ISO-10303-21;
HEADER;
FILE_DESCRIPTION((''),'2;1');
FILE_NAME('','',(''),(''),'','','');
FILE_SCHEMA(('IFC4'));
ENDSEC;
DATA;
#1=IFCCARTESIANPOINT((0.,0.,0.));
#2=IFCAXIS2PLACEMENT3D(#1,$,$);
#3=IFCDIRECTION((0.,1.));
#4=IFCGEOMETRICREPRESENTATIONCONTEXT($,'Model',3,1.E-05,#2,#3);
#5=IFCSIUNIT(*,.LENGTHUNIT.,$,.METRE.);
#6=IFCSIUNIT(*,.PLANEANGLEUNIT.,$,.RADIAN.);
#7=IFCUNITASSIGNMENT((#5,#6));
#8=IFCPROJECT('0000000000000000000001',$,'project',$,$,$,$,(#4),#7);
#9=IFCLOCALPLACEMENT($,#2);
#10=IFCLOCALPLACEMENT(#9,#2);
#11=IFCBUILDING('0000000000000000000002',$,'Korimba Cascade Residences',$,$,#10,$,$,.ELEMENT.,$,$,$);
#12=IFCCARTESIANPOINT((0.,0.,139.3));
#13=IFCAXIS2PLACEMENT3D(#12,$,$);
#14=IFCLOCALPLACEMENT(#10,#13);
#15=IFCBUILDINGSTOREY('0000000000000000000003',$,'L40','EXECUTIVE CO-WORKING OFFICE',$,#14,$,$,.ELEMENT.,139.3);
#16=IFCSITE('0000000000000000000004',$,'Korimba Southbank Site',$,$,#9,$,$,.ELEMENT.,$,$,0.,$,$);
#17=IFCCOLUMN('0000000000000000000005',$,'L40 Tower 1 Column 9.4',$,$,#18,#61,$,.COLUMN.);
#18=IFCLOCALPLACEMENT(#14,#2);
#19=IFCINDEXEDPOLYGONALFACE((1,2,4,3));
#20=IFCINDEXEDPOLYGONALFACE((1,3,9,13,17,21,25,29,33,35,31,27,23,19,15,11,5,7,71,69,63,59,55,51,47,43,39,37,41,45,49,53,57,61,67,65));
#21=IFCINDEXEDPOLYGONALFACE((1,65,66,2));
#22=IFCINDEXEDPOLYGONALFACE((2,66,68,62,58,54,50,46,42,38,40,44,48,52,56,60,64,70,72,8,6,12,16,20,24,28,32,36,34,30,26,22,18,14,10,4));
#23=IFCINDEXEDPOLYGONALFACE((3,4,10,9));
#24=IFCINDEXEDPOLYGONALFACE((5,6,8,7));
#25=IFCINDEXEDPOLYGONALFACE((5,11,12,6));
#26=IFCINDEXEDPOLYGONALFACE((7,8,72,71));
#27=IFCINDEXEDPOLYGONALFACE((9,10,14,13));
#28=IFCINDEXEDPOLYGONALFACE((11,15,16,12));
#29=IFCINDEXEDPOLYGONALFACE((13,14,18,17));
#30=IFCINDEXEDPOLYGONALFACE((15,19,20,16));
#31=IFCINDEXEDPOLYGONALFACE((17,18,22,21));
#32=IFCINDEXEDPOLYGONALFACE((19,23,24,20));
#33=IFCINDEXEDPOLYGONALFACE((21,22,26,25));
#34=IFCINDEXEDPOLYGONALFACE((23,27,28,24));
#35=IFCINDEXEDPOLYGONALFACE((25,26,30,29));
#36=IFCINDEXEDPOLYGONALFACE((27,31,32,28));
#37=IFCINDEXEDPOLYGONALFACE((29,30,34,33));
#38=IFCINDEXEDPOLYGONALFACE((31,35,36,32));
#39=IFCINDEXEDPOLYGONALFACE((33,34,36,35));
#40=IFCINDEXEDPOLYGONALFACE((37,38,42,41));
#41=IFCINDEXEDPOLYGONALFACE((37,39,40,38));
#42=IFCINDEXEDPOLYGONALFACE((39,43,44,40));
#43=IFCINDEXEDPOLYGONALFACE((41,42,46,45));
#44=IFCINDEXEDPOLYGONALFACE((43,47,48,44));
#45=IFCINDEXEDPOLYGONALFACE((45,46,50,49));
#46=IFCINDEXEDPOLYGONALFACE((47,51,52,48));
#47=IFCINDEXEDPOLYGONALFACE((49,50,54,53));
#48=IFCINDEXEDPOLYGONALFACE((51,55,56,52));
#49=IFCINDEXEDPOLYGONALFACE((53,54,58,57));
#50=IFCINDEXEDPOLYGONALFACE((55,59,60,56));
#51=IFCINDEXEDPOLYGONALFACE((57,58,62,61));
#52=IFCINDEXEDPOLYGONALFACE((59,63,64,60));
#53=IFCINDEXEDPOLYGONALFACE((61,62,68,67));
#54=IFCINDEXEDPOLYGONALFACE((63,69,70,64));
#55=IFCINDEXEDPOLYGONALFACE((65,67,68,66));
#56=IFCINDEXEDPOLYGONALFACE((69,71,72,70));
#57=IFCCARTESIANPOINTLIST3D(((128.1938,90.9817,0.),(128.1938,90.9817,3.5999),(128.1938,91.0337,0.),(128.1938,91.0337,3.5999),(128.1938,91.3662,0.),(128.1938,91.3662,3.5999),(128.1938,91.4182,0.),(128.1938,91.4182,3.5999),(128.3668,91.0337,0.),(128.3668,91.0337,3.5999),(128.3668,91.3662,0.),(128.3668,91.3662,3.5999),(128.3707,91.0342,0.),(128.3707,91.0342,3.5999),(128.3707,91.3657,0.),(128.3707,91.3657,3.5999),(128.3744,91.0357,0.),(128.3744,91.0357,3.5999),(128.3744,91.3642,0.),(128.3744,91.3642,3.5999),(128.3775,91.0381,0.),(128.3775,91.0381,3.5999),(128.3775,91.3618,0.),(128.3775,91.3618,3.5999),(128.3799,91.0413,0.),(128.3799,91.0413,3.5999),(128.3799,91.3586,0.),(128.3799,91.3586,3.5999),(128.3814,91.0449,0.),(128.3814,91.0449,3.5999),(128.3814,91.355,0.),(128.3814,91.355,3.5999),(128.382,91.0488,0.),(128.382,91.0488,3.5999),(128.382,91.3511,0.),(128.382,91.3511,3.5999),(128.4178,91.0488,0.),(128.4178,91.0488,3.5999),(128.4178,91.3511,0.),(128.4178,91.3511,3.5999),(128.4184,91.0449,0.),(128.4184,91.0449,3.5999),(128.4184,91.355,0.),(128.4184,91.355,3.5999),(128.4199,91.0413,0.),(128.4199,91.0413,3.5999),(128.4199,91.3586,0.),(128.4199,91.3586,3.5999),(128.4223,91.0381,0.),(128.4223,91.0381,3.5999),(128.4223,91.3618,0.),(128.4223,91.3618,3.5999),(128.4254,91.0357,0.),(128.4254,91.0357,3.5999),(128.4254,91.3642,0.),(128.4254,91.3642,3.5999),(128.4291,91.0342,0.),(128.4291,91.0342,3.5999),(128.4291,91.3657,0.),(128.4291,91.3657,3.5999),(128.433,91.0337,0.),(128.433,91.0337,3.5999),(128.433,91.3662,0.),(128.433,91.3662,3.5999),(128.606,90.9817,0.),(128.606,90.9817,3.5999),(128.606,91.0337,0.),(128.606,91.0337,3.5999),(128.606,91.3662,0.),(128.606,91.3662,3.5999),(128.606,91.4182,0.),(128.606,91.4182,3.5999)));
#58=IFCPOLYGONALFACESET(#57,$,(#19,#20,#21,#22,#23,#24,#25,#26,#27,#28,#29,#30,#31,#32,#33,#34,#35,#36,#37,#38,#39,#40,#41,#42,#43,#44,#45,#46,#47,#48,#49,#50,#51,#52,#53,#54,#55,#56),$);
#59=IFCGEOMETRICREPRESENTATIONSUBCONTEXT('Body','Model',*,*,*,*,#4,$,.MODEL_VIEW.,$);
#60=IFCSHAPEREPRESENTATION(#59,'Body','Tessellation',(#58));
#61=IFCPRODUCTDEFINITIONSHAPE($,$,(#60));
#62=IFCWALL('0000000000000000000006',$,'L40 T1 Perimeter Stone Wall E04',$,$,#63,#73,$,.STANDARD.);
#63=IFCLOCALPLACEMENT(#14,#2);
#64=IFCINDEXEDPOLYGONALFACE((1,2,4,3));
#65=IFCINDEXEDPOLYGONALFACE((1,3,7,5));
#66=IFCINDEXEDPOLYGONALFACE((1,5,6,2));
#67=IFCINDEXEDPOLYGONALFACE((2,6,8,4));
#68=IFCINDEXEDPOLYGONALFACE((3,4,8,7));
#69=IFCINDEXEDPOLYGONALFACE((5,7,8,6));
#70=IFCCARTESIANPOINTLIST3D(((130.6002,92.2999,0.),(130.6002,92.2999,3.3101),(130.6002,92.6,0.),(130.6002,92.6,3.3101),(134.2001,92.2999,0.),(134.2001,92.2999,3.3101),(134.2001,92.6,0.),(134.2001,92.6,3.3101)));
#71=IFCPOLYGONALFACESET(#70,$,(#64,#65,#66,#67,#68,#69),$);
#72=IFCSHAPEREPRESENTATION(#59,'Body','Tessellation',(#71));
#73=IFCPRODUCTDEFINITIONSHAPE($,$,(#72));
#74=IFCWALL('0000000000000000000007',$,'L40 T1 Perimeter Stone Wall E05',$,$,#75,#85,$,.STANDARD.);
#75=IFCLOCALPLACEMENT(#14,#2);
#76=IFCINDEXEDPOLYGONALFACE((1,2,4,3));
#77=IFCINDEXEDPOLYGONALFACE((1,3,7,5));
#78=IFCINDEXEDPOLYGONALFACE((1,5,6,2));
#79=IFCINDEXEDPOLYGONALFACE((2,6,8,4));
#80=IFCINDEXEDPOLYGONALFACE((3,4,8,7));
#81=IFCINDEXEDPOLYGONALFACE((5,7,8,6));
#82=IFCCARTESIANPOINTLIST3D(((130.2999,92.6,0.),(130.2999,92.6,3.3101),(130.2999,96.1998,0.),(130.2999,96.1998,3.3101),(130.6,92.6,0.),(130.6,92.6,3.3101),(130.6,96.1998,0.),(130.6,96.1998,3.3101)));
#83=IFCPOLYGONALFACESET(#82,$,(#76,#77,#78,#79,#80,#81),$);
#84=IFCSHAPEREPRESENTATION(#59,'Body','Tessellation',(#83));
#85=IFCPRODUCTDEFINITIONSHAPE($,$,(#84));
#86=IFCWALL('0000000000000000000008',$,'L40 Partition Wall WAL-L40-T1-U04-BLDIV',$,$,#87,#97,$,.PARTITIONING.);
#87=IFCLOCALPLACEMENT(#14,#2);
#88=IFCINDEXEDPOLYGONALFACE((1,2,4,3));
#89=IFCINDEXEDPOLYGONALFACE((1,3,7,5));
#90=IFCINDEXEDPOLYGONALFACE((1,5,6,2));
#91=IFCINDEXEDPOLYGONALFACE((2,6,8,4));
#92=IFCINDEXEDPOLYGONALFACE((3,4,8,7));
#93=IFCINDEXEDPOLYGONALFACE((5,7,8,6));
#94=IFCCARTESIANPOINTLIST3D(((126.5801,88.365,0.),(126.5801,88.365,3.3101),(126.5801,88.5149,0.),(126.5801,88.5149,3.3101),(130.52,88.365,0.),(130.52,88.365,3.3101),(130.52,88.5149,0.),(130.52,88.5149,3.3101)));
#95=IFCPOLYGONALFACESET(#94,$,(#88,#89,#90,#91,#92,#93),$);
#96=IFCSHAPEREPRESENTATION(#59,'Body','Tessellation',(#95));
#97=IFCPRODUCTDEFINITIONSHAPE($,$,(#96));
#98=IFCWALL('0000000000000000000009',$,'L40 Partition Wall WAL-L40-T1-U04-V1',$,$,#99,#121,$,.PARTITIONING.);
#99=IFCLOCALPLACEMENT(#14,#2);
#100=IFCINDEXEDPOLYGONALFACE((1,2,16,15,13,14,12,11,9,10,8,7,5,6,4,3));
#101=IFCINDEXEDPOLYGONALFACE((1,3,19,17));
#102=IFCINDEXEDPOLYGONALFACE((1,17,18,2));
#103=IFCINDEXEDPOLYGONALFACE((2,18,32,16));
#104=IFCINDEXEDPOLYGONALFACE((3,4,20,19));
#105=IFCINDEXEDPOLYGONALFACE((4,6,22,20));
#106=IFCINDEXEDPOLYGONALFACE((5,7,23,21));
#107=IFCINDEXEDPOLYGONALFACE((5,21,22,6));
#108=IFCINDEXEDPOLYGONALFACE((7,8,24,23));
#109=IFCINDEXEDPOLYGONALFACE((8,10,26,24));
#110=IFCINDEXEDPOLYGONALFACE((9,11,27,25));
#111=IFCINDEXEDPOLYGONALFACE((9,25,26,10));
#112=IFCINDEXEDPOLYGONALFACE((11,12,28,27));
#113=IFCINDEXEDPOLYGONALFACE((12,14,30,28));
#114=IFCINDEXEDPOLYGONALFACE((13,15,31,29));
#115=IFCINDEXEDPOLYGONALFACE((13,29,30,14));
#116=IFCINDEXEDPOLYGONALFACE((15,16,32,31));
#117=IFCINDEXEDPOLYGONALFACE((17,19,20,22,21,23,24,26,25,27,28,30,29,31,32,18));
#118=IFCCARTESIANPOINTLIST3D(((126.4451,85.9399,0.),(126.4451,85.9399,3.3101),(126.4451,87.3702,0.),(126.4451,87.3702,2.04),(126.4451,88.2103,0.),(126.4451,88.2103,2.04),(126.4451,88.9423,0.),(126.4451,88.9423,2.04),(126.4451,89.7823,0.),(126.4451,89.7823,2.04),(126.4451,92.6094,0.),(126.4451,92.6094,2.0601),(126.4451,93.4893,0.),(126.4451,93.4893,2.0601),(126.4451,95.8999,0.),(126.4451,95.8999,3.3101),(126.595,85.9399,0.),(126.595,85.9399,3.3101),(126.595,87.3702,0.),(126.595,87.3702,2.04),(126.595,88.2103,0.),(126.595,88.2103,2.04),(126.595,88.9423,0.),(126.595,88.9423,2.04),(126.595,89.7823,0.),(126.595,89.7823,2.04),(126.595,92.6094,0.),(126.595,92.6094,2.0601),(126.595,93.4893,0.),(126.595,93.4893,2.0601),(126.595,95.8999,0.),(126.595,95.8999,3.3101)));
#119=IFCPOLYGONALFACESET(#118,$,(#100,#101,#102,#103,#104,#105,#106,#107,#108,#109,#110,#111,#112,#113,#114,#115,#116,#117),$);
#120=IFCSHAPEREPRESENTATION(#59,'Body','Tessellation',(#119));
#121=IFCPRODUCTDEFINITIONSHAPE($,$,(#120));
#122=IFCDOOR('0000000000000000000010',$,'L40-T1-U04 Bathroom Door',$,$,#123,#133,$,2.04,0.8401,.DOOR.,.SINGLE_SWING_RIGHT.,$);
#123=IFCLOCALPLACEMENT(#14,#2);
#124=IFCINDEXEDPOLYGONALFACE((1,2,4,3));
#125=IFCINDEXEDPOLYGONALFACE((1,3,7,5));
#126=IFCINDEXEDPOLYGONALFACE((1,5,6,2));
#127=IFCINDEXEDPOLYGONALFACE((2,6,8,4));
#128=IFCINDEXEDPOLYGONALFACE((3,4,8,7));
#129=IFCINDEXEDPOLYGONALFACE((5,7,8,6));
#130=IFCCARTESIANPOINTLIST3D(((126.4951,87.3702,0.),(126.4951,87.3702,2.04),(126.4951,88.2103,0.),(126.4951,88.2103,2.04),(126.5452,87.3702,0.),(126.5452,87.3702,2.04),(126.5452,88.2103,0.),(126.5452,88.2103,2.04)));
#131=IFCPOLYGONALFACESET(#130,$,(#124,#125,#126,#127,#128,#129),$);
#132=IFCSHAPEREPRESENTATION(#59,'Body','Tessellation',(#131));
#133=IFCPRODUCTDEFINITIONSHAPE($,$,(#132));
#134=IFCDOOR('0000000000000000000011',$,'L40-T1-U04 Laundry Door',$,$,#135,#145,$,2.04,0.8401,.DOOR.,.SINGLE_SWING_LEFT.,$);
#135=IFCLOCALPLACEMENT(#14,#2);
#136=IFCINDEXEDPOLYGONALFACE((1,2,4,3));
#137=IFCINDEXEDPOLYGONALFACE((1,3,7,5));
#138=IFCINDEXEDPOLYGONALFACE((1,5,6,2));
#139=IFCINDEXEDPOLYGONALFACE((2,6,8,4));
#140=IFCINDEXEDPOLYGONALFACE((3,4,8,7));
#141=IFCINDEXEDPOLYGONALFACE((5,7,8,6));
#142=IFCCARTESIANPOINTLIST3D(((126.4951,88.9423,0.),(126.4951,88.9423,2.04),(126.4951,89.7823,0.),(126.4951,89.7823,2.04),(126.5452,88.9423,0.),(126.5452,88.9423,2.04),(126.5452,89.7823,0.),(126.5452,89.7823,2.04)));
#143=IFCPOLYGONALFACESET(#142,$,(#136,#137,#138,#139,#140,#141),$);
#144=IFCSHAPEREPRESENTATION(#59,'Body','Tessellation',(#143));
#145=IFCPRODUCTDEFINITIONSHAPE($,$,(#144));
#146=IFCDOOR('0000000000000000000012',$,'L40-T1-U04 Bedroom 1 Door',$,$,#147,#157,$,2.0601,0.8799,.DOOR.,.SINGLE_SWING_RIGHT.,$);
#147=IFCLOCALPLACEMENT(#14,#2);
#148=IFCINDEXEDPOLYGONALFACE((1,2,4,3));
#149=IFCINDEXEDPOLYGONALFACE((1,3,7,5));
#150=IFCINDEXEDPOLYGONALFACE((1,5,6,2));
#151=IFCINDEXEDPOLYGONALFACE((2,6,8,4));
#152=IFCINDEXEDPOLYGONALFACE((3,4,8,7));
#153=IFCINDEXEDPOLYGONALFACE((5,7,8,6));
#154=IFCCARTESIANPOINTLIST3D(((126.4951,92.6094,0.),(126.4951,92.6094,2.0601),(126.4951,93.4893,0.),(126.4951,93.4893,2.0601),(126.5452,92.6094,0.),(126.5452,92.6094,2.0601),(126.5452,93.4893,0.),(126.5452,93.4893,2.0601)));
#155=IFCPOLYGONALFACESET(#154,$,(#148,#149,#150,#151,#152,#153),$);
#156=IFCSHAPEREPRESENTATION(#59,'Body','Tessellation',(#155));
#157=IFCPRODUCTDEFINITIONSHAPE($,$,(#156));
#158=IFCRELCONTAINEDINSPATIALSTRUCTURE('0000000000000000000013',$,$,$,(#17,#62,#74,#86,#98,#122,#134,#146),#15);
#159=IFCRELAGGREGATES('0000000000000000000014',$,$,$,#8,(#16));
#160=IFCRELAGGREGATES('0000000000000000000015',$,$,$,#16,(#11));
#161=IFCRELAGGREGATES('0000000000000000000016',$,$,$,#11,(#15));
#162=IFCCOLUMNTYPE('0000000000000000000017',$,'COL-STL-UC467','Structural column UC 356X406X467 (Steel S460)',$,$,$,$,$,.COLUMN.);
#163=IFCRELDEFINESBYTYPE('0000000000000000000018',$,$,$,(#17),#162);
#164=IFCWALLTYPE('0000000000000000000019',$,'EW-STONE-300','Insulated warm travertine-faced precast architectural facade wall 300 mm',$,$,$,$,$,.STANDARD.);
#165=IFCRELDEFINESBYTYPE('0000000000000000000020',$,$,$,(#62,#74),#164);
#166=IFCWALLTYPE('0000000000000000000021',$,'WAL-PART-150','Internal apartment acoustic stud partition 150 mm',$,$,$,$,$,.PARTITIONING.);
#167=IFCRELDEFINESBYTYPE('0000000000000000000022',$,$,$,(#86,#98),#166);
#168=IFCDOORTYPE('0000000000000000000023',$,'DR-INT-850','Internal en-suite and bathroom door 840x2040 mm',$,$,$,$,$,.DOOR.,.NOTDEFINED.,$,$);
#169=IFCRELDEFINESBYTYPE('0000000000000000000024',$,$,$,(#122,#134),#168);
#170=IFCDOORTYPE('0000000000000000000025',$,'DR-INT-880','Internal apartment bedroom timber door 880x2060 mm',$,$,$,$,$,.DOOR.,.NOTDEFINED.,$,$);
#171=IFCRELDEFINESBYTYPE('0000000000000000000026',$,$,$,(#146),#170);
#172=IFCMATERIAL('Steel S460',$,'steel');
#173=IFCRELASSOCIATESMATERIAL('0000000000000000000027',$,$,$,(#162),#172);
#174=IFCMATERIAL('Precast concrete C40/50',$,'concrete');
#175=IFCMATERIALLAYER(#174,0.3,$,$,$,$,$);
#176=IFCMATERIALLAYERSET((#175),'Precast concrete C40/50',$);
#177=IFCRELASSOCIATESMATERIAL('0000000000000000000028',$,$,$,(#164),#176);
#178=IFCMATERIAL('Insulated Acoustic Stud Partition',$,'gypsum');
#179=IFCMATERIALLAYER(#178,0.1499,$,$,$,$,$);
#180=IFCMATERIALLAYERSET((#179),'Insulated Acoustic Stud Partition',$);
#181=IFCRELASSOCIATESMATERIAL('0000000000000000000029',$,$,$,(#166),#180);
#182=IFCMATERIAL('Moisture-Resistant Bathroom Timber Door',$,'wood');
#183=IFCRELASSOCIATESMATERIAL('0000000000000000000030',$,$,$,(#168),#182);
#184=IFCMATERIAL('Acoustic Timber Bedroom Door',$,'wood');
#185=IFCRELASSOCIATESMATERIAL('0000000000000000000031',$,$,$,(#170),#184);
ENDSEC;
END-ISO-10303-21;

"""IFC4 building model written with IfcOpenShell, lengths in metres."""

from ifc_helpers import new_model, si_unit, direction, frame, frame_2d, origin, origin_2d, place, context, subcontext, project, spatial, rectangle, i_section, extrude, material, layer, layer_set, material_profile, profile_set, type_object, element, fill, save


model = new_model("IFC4")

# Units and contexts
model_context = context("Model", 3, precision=1e-05, world=origin(), true_north=direction((0.0, 1.0)))
body_context = subcontext(model_context, "Body", "Model", "MODEL_VIEW")
ifc_project = project(units=[si_unit("LENGTHUNIT", "METRE"), si_unit("PLANEANGLEUNIT", "RADIAN")], contexts=[model_context])

# Site, building, storey
site_placement = place(None, origin())
site = spatial("IfcSite", under=ifc_project, at=site_placement, Name="Korimba Southbank Site", CompositionType="ELEMENT", RefElevation=0.0)
building_placement = place(site_placement, origin())
building = spatial("IfcBuilding", under=site, at=building_placement, Name="Korimba Cascade Residences", CompositionType="ELEMENT")
storey_placement = place(building_placement, frame((0.0, 0.0, 139.3)))
storey = spatial("IfcBuildingStorey", under=building, at=storey_placement, Name="L40", Description="EXECUTIVE CO-WORKING OFFICE", CompositionType="ELEMENT", Elevation=139.3)

# Column
ifc_material_1 = material(Name="Steel S460", Category="steel")
ifc_material_profile = material_profile(ifc_material_1, i_section(OverallWidth=0.4121, OverallDepth=0.4365, WebThickness=0.0359, FlangeThickness=0.052, FilletRadius=0.0151, at=origin_2d()), Name="Steel S460")
ifc_profile_set = profile_set([ifc_material_profile], Name="Steel S460")
column_type = type_object("IfcColumnType", Name="COL-STL-UC467", Description="Structural column UC 356X406X467 (Steel S460)", PredefinedType="COLUMN", material=ifc_profile_set)
column_placement = place(storey_placement, frame((128.3999, 91.2, 0.0), z_axis=(0.0, 0.0, 1.0), x_axis=(1.0, 0.0, 0.0)))
element("IfcColumn", 1, at=column_placement, inside=storey, type_object=column_type, Name="L40 Tower 1 Column 9.4", PredefinedType="COLUMN", context=body_context, shape_type="SweptSolid", body=[
    extrude(i_section(OverallWidth=0.4121, OverallDepth=0.4365, WebThickness=0.0359, FlangeThickness=0.052, FilletRadius=0.0151, at=origin_2d()), origin(), (0.0, 0.0, 1.0), 3.5999),
])

# Shared definitions
ifc_material_2 = material(Name="Precast concrete C40/50", Category="concrete")

# Walls
ifc_layer_1 = layer(ifc_material_2, 0.3)
ifc_layer_set_1 = layer_set([ifc_layer_1], Name="Precast concrete C40/50")
wall_type_1 = type_object("IfcWallType", Name="EW-STONE-300", Description="Insulated warm travertine-faced precast architectural facade wall 300 mm", PredefinedType="STANDARD", material=ifc_layer_set_1)
for number, where, z_axis, x_axis, name in (
    (2, (134.2, 92.45, 0.0), (0.0, 0.0, 1.0), (-1.0, 0.0, 0.0), "L40 T1 Perimeter Stone Wall E04"),
    (3, (130.45, 92.6001, 0.0), (0.0, 0.0, 1.0), (0.0, 1.0, 0.0), "L40 T1 Perimeter Stone Wall E05"),
):
    element("IfcWall", number, at=place(storey_placement, frame(where, z_axis=z_axis, x_axis=x_axis)), inside=storey, type_object=wall_type_1, Name=name, PredefinedType="STANDARD", context=body_context, shape_type="SweptSolid", body=[
        extrude(rectangle(XDim=3.5999, YDim=0.3, at=frame_2d((1.7998, 0.0))), origin(), (0.0, 0.0, 1.0), 3.3101),
    ])
ifc_material_3 = material(Name="Insulated Acoustic Stud Partition", Category="gypsum")
ifc_layer_2 = layer(ifc_material_3, 0.1499)
ifc_layer_set_2 = layer_set([ifc_layer_2], Name="Insulated Acoustic Stud Partition")
wall_type_2 = type_object("IfcWallType", Name="WAL-PART-150", Description="Internal apartment acoustic stud partition 150 mm", PredefinedType="PARTITIONING", material=ifc_layer_set_2)
wall_1_placement = place(storey_placement, frame((126.5801, 88.4399, 0.0), z_axis=(0.0, 0.0, 1.0), x_axis=(1.0, 0.0, 0.0)))
element("IfcWall", 4, at=wall_1_placement, inside=storey, type_object=wall_type_2, Name="L40 Partition Wall WAL-L40-T1-U04-BLDIV", PredefinedType="PARTITIONING", context=body_context, shape_type="SweptSolid", body=[
    extrude(rectangle(XDim=3.9399, YDim=0.1499, at=frame_2d((1.97, 0.0))), origin(), (0.0, 0.0, 1.0), 3.3101),
])

# Wall, openings, doors
wall_2_placement = place(storey_placement, frame((126.52, 85.9399, 0.0), z_axis=(0.0, 0.0, 1.0), x_axis=(0.0, 1.0, 0.0)))
wall_2 = element("IfcWall", 5, at=wall_2_placement, inside=storey, type_object=wall_type_2, Name="L40 Partition Wall WAL-L40-T1-U04-V1", PredefinedType="PARTITIONING", context=body_context, shape_type="SweptSolid", body=[
    extrude(rectangle(XDim=9.96, YDim=0.1499, at=frame_2d((4.98, 0.0))), origin(), (0.0, 0.0, 1.0), 3.3101),
])
opening_1_placement = place(wall_2_placement, frame((1.4304, 0.0, 0.0)))
opening_1 = element("IfcOpeningElement", 6, at=opening_1_placement, cuts=wall_2, PredefinedType="OPENING", context=body_context, shape_type="SweptSolid", body=[
    extrude(rectangle(XDim=0.8401, YDim=2.04, at=frame_2d((0.4199, 1.02))), frame((0.0, 0.085, 0.0), z_axis=(0.0, -1.0, 0.0), x_axis=(1.0, 0.0, 0.0)), (0.0, 0.0, 1.0), 0.1699),
])
opening_2_placement = place(wall_2_placement, frame((3.0024, 0.0, 0.0)))
opening_2 = element("IfcOpeningElement", 7, at=opening_2_placement, cuts=wall_2, PredefinedType="OPENING", context=body_context, shape_type="SweptSolid", body=[
    extrude(rectangle(XDim=0.8401, YDim=2.04, at=frame_2d((0.4199, 1.02))), frame((0.0, 0.085, 0.0), z_axis=(0.0, -1.0, 0.0), x_axis=(1.0, 0.0, 0.0)), (0.0, 0.0, 1.0), 0.1699),
])
opening_3_placement = place(wall_2_placement, frame((6.6694, 0.0, 0.0)))
opening_3 = element("IfcOpeningElement", 8, at=opening_3_placement, cuts=wall_2, PredefinedType="OPENING", context=body_context, shape_type="SweptSolid", body=[
    extrude(rectangle(XDim=0.8799, YDim=2.0601, at=frame_2d((0.4399, 1.03))), frame((0.0, 0.085, 0.0), z_axis=(0.0, -1.0, 0.0), x_axis=(1.0, 0.0, 0.0)), (0.0, 0.0, 1.0), 0.1699),
])
ifc_material_4 = material(Name="Moisture-Resistant Bathroom Timber Door", Category="wood")
door_type_1 = type_object("IfcDoorType", Name="DR-INT-850", Description="Internal en-suite and bathroom door 840x2040 mm", OperationType="NOTDEFINED", PredefinedType="DOOR", material=ifc_material_4)
door_1_placement = place(opening_1_placement, origin())
door_1 = element("IfcDoor", 9, at=door_1_placement, inside=storey, type_object=door_type_1, Name="L40-T1-U04 Bathroom Door", OperationType="SINGLE_SWING_RIGHT", OverallHeight=2.04, OverallWidth=0.8401, PredefinedType="DOOR", context=body_context, shape_type="SweptSolid", body=[
    extrude(rectangle(XDim=0.8401, YDim=2.04, at=frame_2d((0.4199, 1.02))), frame((0.0, 0.0249, 0.0), z_axis=(0.0, -1.0, 0.0), x_axis=(1.0, 0.0, 0.0)), (0.0, 0.0, 1.0), 0.05),
])
fill(opening_1, door_1)
door_2_placement = place(opening_2_placement, origin())
door_2 = element("IfcDoor", 10, at=door_2_placement, inside=storey, type_object=door_type_1, Name="L40-T1-U04 Laundry Door", OperationType="SINGLE_SWING_LEFT", OverallHeight=2.04, OverallWidth=0.8401, PredefinedType="DOOR", context=body_context, shape_type="SweptSolid", body=[
    extrude(rectangle(XDim=0.8401, YDim=2.04, at=frame_2d((0.4199, 1.02))), frame((0.0, 0.0249, 0.0), z_axis=(0.0, -1.0, 0.0), x_axis=(1.0, 0.0, 0.0)), (0.0, 0.0, 1.0), 0.05),
])
fill(opening_2, door_2)
ifc_material_5 = material(Name="Acoustic Timber Bedroom Door", Category="wood")
door_type_2 = type_object("IfcDoorType", Name="DR-INT-880", Description="Internal apartment bedroom timber door 880x2060 mm", OperationType="NOTDEFINED", PredefinedType="DOOR", material=ifc_material_5)
door_3_placement = place(opening_3_placement, origin())
door_3 = element("IfcDoor", 11, at=door_3_placement, inside=storey, type_object=door_type_2, Name="L40-T1-U04 Bedroom 1 Door", OperationType="SINGLE_SWING_RIGHT", OverallHeight=2.0601, OverallWidth=0.8799, PredefinedType="DOOR", context=body_context, shape_type="SweptSolid", body=[
    extrude(rectangle(XDim=0.8799, YDim=2.0601, at=frame_2d((0.4399, 1.03))), frame((0.0, 0.0249, 0.0), z_axis=(0.0, -1.0, 0.0), x_axis=(1.0, 0.0, 0.0)), (0.0, 0.0, 1.0), 0.05),
])
fill(opening_3, door_3)

save(model, "model.ifc")
